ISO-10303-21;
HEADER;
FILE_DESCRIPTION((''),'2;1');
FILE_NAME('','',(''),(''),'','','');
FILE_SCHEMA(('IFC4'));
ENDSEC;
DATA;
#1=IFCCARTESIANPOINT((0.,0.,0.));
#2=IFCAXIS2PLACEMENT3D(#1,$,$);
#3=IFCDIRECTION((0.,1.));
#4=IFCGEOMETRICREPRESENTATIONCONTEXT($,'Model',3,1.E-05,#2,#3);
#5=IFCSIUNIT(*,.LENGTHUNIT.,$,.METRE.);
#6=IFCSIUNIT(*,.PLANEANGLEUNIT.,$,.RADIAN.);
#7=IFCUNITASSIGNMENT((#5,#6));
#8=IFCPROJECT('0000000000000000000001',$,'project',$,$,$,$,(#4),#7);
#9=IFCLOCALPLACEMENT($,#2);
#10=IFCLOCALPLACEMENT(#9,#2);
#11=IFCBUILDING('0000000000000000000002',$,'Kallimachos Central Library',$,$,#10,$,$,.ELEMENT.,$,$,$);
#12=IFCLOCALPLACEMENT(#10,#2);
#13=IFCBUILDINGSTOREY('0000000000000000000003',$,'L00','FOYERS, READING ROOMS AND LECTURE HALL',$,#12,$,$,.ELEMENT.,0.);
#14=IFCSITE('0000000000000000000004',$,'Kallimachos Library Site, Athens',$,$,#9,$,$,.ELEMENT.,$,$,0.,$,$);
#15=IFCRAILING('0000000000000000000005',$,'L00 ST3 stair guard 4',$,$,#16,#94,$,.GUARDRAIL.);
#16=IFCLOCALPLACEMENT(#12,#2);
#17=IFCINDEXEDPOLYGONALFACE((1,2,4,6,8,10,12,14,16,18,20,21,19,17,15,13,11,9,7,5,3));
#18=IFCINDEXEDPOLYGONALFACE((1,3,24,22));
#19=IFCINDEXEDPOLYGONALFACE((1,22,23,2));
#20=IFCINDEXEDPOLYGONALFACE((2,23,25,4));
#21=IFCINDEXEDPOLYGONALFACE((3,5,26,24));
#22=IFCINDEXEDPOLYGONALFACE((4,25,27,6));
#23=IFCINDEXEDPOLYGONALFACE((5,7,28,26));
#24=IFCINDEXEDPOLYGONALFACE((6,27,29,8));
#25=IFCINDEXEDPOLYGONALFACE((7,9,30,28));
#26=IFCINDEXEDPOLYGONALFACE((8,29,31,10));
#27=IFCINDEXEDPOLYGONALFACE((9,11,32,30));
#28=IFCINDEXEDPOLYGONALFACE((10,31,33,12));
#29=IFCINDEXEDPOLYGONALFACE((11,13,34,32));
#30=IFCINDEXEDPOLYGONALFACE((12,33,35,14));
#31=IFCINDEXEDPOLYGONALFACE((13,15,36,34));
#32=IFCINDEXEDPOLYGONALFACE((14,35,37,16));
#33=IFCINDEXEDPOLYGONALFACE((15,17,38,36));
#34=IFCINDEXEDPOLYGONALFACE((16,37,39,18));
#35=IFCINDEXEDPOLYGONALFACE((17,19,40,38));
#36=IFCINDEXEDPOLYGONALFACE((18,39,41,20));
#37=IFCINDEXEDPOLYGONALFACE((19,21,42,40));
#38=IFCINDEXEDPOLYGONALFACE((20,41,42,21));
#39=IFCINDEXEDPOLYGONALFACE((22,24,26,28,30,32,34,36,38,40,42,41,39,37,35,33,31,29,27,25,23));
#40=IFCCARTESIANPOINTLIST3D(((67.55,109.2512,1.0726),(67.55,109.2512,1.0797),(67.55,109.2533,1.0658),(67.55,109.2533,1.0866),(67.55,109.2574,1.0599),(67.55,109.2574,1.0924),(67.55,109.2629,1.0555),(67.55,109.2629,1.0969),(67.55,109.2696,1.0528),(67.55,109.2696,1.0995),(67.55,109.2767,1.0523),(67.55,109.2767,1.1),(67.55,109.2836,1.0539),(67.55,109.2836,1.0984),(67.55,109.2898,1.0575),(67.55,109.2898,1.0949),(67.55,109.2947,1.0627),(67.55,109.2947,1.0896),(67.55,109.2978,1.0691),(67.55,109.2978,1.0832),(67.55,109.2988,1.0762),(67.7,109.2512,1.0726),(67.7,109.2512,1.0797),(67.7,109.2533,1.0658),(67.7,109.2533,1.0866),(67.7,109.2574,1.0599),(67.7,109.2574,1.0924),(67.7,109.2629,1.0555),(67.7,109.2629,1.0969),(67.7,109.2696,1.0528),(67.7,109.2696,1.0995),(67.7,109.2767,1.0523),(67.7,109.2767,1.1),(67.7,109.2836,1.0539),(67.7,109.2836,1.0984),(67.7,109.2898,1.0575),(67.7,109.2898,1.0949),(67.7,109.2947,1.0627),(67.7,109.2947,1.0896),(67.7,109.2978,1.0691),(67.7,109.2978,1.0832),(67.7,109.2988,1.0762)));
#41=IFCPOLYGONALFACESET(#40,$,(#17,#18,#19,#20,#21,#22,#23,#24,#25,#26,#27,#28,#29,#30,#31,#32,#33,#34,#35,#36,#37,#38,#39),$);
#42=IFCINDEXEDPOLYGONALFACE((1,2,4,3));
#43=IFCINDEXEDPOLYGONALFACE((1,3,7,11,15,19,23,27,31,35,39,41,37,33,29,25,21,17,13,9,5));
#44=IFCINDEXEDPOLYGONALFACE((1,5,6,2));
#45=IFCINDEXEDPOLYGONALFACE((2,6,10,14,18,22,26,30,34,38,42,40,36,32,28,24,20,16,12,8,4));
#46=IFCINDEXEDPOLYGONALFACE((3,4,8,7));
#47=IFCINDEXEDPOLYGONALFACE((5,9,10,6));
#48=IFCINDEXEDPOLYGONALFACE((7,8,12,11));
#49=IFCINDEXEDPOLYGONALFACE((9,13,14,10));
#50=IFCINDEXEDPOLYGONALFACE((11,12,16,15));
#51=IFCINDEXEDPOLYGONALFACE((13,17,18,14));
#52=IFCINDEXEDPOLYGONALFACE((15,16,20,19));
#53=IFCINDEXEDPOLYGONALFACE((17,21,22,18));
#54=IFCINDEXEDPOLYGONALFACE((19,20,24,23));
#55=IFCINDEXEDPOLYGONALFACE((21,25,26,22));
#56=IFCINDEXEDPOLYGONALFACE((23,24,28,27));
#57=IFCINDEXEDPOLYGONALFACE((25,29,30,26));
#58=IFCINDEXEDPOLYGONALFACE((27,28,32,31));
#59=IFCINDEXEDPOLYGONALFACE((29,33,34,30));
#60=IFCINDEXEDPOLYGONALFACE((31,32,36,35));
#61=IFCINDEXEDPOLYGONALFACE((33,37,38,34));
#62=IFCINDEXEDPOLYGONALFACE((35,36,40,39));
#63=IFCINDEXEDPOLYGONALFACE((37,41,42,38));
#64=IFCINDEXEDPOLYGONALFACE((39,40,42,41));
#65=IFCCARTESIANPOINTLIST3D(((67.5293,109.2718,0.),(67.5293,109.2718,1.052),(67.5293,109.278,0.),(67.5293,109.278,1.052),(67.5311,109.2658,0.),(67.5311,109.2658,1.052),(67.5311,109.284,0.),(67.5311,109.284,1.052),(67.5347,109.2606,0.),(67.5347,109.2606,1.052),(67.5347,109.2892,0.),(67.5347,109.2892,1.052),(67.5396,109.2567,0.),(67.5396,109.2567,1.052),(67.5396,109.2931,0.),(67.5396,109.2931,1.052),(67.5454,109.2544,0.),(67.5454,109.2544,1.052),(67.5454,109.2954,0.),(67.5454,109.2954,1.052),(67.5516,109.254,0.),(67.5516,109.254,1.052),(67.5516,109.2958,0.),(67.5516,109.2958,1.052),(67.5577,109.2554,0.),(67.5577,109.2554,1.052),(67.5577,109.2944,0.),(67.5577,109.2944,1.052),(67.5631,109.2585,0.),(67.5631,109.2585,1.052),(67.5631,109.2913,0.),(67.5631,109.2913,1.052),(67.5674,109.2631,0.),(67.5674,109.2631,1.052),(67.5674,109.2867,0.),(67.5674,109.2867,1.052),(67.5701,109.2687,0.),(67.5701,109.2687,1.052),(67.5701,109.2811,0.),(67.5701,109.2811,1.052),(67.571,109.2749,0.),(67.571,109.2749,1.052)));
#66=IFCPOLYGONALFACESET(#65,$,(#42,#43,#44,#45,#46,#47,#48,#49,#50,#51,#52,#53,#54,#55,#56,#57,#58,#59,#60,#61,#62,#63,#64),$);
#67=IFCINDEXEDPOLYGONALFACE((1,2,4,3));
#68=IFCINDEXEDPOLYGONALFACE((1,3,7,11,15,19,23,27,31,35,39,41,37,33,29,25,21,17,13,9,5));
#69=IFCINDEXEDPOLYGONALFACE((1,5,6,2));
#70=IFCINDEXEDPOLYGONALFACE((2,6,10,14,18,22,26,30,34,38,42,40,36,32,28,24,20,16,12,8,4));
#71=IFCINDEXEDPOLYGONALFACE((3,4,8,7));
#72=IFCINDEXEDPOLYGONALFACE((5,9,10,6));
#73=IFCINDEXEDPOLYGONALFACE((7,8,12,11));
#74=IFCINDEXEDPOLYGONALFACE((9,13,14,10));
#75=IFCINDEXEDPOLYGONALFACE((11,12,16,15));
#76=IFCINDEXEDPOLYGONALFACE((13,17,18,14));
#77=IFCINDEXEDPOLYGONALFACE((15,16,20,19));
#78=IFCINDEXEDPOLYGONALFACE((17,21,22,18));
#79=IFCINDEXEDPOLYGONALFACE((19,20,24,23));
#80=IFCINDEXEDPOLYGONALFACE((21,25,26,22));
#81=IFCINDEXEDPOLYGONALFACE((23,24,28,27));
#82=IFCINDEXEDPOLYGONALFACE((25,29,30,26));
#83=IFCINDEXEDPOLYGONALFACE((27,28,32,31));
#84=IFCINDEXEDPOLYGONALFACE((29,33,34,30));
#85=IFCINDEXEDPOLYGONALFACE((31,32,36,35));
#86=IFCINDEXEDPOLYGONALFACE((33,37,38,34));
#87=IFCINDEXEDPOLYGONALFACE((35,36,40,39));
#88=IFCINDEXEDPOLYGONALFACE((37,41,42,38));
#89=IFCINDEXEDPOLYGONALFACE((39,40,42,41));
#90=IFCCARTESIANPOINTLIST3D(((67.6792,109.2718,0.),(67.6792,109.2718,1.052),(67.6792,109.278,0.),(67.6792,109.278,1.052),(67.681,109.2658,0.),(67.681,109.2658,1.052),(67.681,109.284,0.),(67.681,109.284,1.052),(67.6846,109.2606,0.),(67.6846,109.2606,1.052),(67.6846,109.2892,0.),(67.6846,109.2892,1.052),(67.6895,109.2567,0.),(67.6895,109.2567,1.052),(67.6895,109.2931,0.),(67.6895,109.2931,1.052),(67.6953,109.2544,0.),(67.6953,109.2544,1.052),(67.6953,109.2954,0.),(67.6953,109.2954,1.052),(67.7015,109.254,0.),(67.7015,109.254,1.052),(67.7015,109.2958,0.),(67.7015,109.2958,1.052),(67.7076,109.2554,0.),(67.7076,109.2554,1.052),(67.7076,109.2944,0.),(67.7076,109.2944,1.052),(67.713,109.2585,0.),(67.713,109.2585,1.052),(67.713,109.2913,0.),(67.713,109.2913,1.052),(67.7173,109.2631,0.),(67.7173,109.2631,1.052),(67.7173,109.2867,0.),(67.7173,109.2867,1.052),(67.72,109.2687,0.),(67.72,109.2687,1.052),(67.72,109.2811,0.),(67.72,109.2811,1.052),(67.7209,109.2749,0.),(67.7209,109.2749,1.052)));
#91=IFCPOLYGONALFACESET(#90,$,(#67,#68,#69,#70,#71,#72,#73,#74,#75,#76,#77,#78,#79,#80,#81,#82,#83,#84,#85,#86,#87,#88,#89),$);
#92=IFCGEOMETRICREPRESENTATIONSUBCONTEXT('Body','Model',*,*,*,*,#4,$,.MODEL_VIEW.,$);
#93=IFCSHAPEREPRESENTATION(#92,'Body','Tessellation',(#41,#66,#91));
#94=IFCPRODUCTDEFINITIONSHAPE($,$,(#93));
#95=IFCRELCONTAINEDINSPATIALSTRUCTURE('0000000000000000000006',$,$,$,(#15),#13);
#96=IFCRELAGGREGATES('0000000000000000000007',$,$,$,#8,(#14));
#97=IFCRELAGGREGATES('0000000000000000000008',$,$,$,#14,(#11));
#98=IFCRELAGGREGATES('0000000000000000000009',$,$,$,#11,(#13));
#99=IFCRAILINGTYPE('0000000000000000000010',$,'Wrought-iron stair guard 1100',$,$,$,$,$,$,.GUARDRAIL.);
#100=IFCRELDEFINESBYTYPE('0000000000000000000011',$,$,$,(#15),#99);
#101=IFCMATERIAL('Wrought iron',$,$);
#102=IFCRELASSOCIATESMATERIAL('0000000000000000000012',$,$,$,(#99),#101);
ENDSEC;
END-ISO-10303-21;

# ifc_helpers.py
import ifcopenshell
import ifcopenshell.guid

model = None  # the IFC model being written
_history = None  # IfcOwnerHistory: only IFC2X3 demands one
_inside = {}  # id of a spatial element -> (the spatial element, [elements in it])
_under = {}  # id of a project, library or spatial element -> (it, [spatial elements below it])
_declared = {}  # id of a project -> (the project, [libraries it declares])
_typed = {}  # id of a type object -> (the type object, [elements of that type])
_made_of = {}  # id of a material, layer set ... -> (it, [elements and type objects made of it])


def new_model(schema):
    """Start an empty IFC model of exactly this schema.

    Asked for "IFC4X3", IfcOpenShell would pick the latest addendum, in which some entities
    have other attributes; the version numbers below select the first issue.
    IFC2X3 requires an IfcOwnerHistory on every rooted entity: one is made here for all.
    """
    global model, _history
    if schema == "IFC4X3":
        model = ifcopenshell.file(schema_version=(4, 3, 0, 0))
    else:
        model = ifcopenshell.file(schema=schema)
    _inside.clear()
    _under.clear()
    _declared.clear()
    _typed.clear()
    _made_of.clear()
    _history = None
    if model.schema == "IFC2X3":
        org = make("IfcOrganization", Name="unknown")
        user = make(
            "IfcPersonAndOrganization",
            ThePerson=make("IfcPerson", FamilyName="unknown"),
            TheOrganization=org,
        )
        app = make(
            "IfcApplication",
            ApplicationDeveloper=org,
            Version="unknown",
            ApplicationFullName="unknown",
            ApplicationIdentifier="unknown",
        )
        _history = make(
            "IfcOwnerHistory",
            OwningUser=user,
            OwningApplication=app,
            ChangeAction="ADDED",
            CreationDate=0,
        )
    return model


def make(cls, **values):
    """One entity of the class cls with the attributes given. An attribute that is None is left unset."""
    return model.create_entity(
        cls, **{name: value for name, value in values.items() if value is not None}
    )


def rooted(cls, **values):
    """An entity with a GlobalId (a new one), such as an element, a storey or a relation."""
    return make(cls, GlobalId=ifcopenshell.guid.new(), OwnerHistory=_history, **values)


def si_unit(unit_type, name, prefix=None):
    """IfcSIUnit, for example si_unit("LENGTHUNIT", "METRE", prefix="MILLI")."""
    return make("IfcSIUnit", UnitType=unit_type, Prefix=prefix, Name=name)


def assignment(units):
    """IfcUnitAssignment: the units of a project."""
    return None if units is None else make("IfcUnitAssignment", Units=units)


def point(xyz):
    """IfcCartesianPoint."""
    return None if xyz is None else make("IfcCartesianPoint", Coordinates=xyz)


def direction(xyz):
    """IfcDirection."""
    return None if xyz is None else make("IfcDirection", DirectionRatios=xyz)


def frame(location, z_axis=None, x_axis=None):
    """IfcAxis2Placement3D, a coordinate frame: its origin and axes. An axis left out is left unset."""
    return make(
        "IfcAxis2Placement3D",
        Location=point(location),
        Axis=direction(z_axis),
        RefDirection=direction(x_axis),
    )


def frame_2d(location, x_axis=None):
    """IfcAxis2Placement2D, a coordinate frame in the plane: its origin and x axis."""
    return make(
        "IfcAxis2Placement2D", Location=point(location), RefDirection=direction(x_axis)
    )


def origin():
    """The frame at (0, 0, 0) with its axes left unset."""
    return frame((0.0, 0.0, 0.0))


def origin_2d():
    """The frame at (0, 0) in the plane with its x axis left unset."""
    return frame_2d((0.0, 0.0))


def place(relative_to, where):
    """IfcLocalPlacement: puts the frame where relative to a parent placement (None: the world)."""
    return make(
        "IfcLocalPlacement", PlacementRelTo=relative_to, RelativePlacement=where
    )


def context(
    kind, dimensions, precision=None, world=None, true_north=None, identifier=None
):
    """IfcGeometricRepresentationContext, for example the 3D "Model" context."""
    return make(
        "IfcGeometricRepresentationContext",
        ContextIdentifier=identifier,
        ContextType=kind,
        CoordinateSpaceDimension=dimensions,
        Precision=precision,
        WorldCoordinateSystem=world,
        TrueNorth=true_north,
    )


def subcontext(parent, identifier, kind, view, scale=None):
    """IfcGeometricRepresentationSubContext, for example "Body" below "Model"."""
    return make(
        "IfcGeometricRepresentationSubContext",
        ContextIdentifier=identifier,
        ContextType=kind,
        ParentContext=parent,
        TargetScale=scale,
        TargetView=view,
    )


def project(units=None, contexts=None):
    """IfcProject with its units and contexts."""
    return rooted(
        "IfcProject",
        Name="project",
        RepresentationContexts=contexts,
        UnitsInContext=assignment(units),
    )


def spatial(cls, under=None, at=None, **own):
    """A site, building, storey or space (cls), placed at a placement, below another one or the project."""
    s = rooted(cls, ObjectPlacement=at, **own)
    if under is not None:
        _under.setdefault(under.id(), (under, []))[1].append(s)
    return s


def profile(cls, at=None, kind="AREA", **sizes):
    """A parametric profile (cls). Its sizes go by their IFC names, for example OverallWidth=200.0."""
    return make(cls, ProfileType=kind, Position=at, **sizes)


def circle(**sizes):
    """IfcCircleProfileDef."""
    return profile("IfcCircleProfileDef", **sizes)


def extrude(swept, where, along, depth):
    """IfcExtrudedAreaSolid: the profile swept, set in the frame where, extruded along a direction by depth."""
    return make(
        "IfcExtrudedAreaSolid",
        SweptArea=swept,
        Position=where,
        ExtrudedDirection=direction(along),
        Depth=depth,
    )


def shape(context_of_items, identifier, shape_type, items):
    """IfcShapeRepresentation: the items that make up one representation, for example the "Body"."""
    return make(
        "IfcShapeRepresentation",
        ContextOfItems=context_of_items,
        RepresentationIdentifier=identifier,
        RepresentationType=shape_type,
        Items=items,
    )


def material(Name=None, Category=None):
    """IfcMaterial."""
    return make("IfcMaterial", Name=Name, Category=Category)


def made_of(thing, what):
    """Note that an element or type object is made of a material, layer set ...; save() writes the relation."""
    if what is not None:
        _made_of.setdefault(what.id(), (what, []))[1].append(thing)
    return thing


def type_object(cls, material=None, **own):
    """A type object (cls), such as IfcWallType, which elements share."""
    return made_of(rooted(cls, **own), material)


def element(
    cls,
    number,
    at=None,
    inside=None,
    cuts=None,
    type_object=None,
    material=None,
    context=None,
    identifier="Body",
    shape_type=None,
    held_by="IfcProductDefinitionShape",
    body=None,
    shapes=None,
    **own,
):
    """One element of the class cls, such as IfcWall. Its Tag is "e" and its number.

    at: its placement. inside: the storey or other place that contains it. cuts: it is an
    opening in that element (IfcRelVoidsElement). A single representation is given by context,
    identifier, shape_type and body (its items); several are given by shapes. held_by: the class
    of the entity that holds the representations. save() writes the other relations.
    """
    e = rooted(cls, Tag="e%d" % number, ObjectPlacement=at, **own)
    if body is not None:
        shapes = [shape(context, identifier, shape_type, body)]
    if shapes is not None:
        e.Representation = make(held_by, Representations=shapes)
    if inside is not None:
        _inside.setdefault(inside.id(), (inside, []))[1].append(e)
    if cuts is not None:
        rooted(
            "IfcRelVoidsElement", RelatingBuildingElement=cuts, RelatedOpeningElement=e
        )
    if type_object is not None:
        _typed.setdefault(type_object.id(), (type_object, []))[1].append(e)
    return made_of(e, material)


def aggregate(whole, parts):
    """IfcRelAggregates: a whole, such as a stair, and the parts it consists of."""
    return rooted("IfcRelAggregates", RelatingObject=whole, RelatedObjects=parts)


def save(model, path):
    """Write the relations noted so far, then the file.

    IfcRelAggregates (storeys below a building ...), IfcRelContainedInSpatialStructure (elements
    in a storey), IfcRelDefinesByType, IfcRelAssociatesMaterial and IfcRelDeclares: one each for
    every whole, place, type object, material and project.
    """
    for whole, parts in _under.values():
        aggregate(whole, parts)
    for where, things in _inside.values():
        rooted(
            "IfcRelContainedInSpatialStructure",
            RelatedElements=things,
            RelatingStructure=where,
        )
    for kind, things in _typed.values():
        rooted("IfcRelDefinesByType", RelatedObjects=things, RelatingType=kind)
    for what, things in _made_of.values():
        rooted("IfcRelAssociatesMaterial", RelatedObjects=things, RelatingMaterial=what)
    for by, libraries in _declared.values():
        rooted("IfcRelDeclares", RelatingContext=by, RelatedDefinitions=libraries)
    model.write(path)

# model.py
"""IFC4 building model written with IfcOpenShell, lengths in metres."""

from ifc_helpers import new_model, si_unit, direction, frame, origin, origin_2d, place, context, subcontext, project, spatial, circle, extrude, material, type_object, element, save


model = new_model("IFC4")

# Units and contexts
model_context = context("Model", 3, precision=1e-05, world=origin(), true_north=direction((0.0, 1.0)))
body_context = subcontext(model_context, "Body", "Model", "MODEL_VIEW")
ifc_project = project(units=[si_unit("LENGTHUNIT", "METRE"), si_unit("PLANEANGLEUNIT", "RADIAN")], contexts=[model_context])

# Site, building, storey
site_placement = place(None, origin())
site = spatial("IfcSite", under=ifc_project, at=site_placement, Name="Kallimachos Library Site, Athens", CompositionType="ELEMENT", RefElevation=0.0)
building_placement = place(site_placement, origin())
building = spatial("IfcBuilding", under=site, at=building_placement, Name="Kallimachos Central Library", CompositionType="ELEMENT")
storey_placement = place(building_placement, origin())
storey = spatial("IfcBuildingStorey", under=building, at=storey_placement, Name="L00", Description="FOYERS, READING ROOMS AND LECTURE HALL", CompositionType="ELEMENT", Elevation=0.0)

# Railing
ifc_material_1 = material(Name="Wrought iron")
railing_type_1 = type_object("IfcRailingType", Name="Wrought-iron stair guard 1100", PredefinedType="GUARDRAIL", material=ifc_material_1)
railing_1_placement = place(storey_placement, frame((67.55, 109.2749, 0.0)))
element("IfcRailing", 1, at=railing_1_placement, inside=storey, type_object=railing_type_1, Name="L00 ST3 stair guard 4", PredefinedType="GUARDRAIL", context=body_context, shape_type="SweptSolid", body=[
    extrude(circle(Radius=0.0239, at=origin_2d()), frame((0.0, 0.0, 1.0762), z_axis=(1.0, 0.0, 0.0), x_axis=(0.0, 1.0, 0.0)), (0.0, 0.0, 1.0), 0.1499),
    extrude(circle(Radius=0.021, at=origin_2d()), origin(), (0.0, 0.0, 1.0), 1.052),
    extrude(circle(Radius=0.021, at=origin_2d()), frame((0.1499, 0.0, 0.0)), (0.0, 0.0, 1.0), 1.052),
])

save(model, "model.ifc")
